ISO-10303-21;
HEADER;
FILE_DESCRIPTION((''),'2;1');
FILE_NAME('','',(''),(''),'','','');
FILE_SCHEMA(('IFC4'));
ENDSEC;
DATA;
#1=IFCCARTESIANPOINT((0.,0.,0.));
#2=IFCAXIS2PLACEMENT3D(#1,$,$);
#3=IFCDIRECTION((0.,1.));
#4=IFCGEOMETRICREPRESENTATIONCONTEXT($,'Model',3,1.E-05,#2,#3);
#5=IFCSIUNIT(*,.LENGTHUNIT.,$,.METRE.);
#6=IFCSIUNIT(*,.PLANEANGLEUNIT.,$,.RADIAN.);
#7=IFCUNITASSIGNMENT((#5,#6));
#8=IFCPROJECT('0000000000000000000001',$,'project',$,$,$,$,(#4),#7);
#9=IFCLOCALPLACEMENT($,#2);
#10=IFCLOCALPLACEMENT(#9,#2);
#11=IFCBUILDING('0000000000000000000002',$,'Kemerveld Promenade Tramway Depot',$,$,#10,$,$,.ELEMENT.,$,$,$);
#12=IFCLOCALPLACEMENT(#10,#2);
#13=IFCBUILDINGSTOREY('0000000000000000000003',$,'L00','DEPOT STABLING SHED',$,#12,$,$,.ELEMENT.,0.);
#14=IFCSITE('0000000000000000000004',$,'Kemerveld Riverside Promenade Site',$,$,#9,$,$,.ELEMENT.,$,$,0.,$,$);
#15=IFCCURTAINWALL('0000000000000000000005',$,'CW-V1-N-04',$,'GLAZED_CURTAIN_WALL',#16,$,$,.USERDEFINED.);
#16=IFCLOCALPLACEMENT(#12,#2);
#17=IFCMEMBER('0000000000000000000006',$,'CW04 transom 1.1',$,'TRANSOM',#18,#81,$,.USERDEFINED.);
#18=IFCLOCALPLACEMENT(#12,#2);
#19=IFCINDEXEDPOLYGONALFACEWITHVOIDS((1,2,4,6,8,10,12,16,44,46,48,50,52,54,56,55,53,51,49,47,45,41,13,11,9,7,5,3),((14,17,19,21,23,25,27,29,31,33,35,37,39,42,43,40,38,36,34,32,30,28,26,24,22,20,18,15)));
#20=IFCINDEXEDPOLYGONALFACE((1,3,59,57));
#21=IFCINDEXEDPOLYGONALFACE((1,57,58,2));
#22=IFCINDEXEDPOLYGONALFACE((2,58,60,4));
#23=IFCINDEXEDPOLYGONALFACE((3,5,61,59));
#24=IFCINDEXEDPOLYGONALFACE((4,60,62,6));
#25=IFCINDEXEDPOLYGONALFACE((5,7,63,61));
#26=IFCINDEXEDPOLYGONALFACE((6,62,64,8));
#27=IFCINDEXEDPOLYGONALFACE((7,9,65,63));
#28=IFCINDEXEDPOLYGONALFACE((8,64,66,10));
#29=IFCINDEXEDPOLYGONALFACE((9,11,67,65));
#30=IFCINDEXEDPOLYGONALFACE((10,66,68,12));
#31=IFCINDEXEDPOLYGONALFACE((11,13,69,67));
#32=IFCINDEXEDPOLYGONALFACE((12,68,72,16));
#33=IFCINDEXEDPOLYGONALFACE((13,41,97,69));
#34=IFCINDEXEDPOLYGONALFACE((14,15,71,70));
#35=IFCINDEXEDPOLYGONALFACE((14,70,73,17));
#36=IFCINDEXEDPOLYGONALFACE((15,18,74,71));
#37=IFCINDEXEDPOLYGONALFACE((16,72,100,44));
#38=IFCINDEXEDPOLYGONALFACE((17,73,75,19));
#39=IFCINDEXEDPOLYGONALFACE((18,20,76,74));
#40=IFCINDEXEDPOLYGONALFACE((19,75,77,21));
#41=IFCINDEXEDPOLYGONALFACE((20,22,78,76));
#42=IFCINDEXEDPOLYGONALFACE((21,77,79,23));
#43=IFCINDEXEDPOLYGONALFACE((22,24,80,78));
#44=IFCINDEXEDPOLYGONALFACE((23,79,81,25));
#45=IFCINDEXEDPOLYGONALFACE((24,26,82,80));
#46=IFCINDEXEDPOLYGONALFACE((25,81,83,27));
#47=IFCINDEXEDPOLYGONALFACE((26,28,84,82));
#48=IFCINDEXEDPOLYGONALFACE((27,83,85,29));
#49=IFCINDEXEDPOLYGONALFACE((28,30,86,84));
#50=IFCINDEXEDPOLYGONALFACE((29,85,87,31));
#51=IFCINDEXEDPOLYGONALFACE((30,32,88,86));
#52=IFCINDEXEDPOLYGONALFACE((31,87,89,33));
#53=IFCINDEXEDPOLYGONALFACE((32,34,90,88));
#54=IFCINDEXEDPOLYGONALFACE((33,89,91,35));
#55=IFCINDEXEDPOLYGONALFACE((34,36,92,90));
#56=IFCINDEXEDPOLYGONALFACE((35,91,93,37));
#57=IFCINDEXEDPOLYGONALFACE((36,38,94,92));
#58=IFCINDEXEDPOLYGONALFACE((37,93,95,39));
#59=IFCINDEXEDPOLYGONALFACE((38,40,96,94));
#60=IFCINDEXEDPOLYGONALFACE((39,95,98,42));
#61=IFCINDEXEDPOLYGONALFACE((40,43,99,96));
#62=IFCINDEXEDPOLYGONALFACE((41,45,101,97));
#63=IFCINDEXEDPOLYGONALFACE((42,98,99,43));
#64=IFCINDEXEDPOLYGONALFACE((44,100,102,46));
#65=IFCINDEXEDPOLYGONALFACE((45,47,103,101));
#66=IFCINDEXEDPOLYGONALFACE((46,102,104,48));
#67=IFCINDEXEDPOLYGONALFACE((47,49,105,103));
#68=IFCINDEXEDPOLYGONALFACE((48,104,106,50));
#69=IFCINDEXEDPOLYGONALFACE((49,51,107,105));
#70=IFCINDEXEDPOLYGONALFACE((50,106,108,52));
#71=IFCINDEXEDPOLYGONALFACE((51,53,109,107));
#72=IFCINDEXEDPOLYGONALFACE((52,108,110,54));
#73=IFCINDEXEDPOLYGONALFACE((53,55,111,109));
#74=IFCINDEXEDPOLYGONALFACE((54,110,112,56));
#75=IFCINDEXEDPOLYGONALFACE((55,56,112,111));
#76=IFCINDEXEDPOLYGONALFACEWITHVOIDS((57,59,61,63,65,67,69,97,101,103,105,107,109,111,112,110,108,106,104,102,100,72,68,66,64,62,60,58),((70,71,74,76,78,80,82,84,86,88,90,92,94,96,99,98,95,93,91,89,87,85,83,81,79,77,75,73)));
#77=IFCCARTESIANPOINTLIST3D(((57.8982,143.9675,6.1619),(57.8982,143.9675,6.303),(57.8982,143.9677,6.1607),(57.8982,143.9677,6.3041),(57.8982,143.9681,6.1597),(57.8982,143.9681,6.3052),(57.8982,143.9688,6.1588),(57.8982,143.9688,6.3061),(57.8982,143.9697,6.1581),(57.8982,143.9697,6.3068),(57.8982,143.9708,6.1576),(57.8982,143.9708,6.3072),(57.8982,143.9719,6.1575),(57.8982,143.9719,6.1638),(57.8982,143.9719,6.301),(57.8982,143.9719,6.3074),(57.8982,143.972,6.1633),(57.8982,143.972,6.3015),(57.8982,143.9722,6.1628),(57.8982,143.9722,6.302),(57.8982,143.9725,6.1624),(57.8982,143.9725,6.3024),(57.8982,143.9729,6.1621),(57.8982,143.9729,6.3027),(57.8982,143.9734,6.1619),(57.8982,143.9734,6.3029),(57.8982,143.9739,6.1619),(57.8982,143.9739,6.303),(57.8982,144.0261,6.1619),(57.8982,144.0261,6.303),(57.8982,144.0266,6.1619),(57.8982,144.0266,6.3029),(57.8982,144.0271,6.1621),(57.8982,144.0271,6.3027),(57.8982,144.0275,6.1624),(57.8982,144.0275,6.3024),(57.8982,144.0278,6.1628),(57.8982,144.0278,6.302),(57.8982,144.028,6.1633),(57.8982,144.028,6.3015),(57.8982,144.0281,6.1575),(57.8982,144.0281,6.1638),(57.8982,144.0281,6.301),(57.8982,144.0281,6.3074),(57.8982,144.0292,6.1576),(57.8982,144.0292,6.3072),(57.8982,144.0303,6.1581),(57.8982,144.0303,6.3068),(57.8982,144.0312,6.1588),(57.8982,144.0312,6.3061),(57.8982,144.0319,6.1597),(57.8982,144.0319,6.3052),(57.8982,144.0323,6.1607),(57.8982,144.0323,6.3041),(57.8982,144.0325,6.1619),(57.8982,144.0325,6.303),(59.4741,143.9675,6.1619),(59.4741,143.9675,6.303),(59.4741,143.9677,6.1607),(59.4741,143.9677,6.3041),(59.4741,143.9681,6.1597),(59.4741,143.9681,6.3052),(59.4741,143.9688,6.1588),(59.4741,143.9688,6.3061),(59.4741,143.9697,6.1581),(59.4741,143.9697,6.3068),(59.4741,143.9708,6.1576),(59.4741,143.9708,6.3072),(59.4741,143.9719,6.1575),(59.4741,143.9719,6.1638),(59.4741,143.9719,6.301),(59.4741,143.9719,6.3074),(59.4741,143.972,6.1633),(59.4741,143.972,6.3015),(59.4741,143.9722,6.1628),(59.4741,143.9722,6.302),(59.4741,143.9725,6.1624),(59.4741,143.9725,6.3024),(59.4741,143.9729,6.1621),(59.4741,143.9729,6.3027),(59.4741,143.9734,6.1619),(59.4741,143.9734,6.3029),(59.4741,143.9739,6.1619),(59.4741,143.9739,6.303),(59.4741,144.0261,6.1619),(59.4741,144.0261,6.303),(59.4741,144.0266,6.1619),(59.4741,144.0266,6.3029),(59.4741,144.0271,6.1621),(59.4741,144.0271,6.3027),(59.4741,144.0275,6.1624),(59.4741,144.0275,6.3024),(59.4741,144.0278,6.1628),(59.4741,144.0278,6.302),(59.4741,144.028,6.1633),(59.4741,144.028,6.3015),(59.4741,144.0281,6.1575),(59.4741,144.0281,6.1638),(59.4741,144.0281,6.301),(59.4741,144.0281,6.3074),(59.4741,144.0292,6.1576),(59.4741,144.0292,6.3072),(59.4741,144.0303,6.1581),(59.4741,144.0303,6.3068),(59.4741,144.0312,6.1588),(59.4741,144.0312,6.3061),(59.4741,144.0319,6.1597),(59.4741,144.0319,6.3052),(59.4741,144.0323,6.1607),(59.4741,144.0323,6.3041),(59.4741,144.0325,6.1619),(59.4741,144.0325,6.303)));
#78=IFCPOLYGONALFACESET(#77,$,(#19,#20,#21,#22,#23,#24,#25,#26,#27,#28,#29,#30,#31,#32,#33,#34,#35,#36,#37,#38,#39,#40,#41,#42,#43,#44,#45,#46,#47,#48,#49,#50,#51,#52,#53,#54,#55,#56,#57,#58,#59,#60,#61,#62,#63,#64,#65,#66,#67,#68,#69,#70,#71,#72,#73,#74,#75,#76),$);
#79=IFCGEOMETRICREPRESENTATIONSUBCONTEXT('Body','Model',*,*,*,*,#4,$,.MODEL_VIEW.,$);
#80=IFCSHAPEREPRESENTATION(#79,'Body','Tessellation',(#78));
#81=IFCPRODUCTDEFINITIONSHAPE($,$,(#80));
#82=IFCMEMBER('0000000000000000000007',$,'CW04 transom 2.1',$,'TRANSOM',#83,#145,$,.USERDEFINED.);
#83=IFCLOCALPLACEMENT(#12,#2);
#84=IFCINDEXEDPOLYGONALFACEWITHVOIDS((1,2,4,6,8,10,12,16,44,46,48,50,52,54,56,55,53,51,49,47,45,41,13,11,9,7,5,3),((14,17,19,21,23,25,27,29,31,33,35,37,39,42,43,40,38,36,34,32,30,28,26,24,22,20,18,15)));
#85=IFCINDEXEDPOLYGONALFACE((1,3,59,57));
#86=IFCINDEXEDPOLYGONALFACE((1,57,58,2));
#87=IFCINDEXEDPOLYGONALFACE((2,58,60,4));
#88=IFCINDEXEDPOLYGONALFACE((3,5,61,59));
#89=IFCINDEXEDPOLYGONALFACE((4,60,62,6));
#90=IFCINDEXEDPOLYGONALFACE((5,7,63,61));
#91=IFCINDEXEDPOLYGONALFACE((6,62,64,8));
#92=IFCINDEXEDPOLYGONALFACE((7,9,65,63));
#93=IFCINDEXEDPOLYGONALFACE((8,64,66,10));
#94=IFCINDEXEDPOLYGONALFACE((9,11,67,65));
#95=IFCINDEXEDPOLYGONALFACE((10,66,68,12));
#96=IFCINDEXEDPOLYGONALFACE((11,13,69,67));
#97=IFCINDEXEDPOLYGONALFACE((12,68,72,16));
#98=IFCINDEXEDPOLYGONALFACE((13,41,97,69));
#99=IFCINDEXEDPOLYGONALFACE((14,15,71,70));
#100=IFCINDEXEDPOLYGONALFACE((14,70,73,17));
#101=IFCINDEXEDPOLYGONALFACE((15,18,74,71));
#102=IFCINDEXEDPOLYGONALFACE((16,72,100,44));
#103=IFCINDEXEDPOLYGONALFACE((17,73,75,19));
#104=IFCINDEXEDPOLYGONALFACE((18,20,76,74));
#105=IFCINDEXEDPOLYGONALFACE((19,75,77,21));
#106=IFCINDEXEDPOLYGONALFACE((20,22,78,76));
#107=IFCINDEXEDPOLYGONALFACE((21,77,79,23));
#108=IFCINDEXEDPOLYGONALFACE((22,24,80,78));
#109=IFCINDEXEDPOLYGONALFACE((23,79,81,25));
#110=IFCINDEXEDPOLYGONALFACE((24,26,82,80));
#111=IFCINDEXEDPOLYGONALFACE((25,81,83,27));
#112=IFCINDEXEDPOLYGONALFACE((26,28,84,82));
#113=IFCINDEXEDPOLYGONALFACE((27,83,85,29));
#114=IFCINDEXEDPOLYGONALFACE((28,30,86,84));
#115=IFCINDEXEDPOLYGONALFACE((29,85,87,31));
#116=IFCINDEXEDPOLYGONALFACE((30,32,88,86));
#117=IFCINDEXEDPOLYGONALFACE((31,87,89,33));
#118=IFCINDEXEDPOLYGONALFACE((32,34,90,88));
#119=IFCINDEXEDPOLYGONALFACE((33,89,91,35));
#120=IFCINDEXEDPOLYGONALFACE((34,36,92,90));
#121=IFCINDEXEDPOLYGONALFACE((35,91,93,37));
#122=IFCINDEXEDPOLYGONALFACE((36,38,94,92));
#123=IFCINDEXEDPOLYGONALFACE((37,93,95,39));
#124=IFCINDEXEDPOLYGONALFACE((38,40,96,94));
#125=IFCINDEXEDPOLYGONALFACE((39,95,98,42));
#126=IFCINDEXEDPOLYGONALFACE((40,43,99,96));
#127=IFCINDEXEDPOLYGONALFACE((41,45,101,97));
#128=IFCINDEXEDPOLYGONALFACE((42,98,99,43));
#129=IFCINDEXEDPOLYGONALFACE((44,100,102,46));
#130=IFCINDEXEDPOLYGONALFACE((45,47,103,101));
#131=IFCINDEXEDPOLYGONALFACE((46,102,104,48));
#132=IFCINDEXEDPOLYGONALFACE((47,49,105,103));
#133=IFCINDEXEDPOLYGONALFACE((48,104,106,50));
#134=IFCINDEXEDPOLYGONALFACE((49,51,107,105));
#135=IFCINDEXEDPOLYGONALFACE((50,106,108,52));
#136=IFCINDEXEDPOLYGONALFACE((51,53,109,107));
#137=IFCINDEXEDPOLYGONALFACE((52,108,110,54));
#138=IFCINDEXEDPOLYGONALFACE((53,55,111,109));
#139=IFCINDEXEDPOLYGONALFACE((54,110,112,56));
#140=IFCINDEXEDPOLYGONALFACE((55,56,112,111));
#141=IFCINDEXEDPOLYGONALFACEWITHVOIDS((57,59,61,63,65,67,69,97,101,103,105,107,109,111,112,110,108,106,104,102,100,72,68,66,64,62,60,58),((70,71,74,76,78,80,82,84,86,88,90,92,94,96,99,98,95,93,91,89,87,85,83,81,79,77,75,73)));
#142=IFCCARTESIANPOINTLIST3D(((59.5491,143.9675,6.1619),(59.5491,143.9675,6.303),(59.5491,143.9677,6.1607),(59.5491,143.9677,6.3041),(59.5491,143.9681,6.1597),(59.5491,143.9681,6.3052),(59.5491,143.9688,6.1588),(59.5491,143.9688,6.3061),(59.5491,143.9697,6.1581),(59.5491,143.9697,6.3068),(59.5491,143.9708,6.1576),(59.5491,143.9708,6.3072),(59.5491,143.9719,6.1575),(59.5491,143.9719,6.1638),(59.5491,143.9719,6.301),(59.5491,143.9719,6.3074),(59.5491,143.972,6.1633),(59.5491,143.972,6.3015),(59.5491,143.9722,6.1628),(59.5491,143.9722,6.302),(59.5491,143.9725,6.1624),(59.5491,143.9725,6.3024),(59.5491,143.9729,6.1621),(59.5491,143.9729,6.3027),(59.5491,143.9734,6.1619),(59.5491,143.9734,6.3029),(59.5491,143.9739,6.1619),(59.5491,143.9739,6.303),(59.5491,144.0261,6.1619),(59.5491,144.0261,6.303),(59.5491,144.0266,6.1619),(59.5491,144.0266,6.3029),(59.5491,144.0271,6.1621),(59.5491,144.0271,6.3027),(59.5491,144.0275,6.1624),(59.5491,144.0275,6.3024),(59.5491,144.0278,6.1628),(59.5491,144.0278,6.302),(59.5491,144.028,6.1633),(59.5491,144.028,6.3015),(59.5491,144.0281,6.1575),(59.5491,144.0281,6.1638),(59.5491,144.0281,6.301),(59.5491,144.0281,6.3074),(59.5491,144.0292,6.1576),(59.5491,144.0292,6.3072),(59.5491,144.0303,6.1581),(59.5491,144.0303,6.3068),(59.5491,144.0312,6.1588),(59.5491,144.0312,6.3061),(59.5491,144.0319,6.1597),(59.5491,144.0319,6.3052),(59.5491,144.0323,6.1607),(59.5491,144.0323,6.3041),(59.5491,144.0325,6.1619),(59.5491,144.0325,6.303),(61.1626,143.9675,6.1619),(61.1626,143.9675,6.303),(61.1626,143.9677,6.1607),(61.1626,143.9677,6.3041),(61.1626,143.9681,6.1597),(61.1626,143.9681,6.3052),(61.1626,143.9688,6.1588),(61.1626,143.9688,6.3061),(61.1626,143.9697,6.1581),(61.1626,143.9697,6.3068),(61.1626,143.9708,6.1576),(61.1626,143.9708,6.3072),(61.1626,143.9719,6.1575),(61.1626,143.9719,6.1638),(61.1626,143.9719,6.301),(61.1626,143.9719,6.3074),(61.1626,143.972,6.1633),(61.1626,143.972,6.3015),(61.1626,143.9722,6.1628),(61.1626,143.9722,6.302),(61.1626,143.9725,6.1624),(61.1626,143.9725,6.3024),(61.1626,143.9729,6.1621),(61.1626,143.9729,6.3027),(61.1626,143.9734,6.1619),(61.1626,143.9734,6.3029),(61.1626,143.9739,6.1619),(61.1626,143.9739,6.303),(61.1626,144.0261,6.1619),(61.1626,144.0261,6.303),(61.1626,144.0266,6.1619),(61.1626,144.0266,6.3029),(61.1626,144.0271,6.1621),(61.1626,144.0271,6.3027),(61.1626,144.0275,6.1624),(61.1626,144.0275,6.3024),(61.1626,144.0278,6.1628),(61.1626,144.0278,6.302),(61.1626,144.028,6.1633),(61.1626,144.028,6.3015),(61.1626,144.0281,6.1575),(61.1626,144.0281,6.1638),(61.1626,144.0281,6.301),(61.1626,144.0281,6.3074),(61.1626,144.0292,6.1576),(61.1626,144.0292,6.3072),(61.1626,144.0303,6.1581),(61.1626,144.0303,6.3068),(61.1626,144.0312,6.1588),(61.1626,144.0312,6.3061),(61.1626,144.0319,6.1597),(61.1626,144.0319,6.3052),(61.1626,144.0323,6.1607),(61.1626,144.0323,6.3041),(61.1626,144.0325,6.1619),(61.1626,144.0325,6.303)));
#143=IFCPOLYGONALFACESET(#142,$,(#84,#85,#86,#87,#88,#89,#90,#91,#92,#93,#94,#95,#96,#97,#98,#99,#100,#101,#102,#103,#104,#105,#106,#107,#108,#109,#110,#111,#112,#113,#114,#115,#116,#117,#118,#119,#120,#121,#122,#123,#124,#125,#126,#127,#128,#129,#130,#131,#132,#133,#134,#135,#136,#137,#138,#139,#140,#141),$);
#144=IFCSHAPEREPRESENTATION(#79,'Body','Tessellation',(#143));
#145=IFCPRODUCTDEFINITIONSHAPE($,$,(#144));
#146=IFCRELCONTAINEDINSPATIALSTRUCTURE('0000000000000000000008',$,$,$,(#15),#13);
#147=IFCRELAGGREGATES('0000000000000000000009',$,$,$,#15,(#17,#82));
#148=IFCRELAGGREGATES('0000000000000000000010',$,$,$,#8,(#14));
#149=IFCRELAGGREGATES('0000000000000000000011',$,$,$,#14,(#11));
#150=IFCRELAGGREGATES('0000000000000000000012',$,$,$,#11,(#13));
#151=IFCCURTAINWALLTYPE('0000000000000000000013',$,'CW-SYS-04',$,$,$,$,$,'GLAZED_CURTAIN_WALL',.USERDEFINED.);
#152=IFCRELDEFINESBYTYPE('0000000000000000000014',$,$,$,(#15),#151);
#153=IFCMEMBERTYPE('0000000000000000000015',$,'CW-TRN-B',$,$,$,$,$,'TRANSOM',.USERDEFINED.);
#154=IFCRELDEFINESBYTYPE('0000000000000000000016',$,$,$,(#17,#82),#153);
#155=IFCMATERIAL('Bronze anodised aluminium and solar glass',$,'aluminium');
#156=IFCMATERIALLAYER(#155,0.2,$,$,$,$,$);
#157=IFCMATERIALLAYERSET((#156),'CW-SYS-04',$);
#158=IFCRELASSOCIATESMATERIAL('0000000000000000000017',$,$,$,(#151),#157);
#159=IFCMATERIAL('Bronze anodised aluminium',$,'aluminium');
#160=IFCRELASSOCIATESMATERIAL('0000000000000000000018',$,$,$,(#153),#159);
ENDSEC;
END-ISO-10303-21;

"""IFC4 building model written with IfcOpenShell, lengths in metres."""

from ifc_helpers import new_model, si_unit, direction, frame, origin, origin_2d, place, context, subcontext, project, spatial, hollow_rectangle, extrude, material, layer, layer_set, material_profile, profile_set, type_object, element, aggregate, save


model = new_model("IFC4")

# Units and contexts
model_context = context("Model", 3, precision=1e-05, world=origin(), true_north=direction((0.0, 1.0)))
body_context = subcontext(model_context, "Body", "Model", "MODEL_VIEW")
ifc_project = project(units=[si_unit("LENGTHUNIT", "METRE"), si_unit("PLANEANGLEUNIT", "RADIAN")], contexts=[model_context])

# Site, building, storey
site_placement = place(None, origin())
site = spatial("IfcSite", under=ifc_project, at=site_placement, Name="Kemerveld Riverside Promenade Site", CompositionType="ELEMENT", RefElevation=0.0)
building_placement = place(site_placement, origin())
building = spatial("IfcBuilding", under=site, at=building_placement, Name="Kemerveld Promenade Tramway Depot", CompositionType="ELEMENT")
storey_placement = place(building_placement, origin())
storey = spatial("IfcBuildingStorey", under=building, at=storey_placement, Name="L00", Description="DEPOT STABLING SHED", CompositionType="ELEMENT", Elevation=0.0)

# Curtain wall
ifc_material_1 = material(Name="Bronze anodised aluminium and solar glass", Category="aluminium")
ifc_material_2 = material(Name="Bronze anodised aluminium", Category="aluminium")
ifc_layer_1 = layer(ifc_material_1, 0.2)
ifc_layer_set_1 = layer_set([ifc_layer_1], Name="CW-SYS-04")
curtain_wall_type_1 = type_object("IfcCurtainWallType", Name="CW-SYS-04", ElementType="GLAZED_CURTAIN_WALL", PredefinedType="USERDEFINED", material=ifc_layer_set_1)
curtain_wall_1_placement = place(storey_placement, origin())
curtain_wall_1 = element("IfcCurtainWall", 1, at=curtain_wall_1_placement, inside=storey, type_object=curtain_wall_type_1, Name="CW-V1-N-04", ObjectType="GLAZED_CURTAIN_WALL", PredefinedType="USERDEFINED")

# Members
ifc_material_profile_1 = material_profile(ifc_material_2, hollow_rectangle(XDim=0.0649, YDim=0.1499, WallThickness=0.0044, InnerFilletRadius=0.002, OuterFilletRadius=0.0044, at=origin_2d()), Name="CW-TRN-150x65")
ifc_profile_set_1 = profile_set([ifc_material_profile_1], Name="Bronze anodised aluminium")
member_type_1 = type_object("IfcMemberType", Name="CW-TRN-B", ElementType="TRANSOM", PredefinedType="USERDEFINED", material=ifc_profile_set_1)
member_1_placement = place(storey_placement, frame((57.8982, 144.0, 6.2324), z_axis=(1.0, 0.0, 0.0), x_axis=(0.0, 1.0, 0.0)))
member_1 = element("IfcMember", 2, at=member_1_placement, type_object=member_type_1, Name="CW04 transom 1.1", ObjectType="TRANSOM", PredefinedType="USERDEFINED", context=body_context, shape_type="SweptSolid", body=[
    extrude(hollow_rectangle(XDim=0.0649, YDim=0.1499, WallThickness=0.0044, InnerFilletRadius=0.002, OuterFilletRadius=0.0044, at=origin_2d()), origin(), (0.0, 0.0, 1.0), 1.5759),
])
member_2_placement = place(storey_placement, frame((59.5491, 144.0, 6.2324), z_axis=(1.0, 0.0, 0.0), x_axis=(0.0, 1.0, 0.0)))
member_2 = element("IfcMember", 3, at=member_2_placement, type_object=member_type_1, Name="CW04 transom 2.1", ObjectType="TRANSOM", PredefinedType="USERDEFINED", context=body_context, shape_type="SweptSolid", body=[
    extrude(hollow_rectangle(XDim=0.0649, YDim=0.1499, WallThickness=0.0044, InnerFilletRadius=0.002, OuterFilletRadius=0.0044, at=origin_2d()), origin(), (0.0, 0.0, 1.0), 1.6135),
])

aggregate(curtain_wall_1, [member_1, member_2])

save(model, "model.ifc")
